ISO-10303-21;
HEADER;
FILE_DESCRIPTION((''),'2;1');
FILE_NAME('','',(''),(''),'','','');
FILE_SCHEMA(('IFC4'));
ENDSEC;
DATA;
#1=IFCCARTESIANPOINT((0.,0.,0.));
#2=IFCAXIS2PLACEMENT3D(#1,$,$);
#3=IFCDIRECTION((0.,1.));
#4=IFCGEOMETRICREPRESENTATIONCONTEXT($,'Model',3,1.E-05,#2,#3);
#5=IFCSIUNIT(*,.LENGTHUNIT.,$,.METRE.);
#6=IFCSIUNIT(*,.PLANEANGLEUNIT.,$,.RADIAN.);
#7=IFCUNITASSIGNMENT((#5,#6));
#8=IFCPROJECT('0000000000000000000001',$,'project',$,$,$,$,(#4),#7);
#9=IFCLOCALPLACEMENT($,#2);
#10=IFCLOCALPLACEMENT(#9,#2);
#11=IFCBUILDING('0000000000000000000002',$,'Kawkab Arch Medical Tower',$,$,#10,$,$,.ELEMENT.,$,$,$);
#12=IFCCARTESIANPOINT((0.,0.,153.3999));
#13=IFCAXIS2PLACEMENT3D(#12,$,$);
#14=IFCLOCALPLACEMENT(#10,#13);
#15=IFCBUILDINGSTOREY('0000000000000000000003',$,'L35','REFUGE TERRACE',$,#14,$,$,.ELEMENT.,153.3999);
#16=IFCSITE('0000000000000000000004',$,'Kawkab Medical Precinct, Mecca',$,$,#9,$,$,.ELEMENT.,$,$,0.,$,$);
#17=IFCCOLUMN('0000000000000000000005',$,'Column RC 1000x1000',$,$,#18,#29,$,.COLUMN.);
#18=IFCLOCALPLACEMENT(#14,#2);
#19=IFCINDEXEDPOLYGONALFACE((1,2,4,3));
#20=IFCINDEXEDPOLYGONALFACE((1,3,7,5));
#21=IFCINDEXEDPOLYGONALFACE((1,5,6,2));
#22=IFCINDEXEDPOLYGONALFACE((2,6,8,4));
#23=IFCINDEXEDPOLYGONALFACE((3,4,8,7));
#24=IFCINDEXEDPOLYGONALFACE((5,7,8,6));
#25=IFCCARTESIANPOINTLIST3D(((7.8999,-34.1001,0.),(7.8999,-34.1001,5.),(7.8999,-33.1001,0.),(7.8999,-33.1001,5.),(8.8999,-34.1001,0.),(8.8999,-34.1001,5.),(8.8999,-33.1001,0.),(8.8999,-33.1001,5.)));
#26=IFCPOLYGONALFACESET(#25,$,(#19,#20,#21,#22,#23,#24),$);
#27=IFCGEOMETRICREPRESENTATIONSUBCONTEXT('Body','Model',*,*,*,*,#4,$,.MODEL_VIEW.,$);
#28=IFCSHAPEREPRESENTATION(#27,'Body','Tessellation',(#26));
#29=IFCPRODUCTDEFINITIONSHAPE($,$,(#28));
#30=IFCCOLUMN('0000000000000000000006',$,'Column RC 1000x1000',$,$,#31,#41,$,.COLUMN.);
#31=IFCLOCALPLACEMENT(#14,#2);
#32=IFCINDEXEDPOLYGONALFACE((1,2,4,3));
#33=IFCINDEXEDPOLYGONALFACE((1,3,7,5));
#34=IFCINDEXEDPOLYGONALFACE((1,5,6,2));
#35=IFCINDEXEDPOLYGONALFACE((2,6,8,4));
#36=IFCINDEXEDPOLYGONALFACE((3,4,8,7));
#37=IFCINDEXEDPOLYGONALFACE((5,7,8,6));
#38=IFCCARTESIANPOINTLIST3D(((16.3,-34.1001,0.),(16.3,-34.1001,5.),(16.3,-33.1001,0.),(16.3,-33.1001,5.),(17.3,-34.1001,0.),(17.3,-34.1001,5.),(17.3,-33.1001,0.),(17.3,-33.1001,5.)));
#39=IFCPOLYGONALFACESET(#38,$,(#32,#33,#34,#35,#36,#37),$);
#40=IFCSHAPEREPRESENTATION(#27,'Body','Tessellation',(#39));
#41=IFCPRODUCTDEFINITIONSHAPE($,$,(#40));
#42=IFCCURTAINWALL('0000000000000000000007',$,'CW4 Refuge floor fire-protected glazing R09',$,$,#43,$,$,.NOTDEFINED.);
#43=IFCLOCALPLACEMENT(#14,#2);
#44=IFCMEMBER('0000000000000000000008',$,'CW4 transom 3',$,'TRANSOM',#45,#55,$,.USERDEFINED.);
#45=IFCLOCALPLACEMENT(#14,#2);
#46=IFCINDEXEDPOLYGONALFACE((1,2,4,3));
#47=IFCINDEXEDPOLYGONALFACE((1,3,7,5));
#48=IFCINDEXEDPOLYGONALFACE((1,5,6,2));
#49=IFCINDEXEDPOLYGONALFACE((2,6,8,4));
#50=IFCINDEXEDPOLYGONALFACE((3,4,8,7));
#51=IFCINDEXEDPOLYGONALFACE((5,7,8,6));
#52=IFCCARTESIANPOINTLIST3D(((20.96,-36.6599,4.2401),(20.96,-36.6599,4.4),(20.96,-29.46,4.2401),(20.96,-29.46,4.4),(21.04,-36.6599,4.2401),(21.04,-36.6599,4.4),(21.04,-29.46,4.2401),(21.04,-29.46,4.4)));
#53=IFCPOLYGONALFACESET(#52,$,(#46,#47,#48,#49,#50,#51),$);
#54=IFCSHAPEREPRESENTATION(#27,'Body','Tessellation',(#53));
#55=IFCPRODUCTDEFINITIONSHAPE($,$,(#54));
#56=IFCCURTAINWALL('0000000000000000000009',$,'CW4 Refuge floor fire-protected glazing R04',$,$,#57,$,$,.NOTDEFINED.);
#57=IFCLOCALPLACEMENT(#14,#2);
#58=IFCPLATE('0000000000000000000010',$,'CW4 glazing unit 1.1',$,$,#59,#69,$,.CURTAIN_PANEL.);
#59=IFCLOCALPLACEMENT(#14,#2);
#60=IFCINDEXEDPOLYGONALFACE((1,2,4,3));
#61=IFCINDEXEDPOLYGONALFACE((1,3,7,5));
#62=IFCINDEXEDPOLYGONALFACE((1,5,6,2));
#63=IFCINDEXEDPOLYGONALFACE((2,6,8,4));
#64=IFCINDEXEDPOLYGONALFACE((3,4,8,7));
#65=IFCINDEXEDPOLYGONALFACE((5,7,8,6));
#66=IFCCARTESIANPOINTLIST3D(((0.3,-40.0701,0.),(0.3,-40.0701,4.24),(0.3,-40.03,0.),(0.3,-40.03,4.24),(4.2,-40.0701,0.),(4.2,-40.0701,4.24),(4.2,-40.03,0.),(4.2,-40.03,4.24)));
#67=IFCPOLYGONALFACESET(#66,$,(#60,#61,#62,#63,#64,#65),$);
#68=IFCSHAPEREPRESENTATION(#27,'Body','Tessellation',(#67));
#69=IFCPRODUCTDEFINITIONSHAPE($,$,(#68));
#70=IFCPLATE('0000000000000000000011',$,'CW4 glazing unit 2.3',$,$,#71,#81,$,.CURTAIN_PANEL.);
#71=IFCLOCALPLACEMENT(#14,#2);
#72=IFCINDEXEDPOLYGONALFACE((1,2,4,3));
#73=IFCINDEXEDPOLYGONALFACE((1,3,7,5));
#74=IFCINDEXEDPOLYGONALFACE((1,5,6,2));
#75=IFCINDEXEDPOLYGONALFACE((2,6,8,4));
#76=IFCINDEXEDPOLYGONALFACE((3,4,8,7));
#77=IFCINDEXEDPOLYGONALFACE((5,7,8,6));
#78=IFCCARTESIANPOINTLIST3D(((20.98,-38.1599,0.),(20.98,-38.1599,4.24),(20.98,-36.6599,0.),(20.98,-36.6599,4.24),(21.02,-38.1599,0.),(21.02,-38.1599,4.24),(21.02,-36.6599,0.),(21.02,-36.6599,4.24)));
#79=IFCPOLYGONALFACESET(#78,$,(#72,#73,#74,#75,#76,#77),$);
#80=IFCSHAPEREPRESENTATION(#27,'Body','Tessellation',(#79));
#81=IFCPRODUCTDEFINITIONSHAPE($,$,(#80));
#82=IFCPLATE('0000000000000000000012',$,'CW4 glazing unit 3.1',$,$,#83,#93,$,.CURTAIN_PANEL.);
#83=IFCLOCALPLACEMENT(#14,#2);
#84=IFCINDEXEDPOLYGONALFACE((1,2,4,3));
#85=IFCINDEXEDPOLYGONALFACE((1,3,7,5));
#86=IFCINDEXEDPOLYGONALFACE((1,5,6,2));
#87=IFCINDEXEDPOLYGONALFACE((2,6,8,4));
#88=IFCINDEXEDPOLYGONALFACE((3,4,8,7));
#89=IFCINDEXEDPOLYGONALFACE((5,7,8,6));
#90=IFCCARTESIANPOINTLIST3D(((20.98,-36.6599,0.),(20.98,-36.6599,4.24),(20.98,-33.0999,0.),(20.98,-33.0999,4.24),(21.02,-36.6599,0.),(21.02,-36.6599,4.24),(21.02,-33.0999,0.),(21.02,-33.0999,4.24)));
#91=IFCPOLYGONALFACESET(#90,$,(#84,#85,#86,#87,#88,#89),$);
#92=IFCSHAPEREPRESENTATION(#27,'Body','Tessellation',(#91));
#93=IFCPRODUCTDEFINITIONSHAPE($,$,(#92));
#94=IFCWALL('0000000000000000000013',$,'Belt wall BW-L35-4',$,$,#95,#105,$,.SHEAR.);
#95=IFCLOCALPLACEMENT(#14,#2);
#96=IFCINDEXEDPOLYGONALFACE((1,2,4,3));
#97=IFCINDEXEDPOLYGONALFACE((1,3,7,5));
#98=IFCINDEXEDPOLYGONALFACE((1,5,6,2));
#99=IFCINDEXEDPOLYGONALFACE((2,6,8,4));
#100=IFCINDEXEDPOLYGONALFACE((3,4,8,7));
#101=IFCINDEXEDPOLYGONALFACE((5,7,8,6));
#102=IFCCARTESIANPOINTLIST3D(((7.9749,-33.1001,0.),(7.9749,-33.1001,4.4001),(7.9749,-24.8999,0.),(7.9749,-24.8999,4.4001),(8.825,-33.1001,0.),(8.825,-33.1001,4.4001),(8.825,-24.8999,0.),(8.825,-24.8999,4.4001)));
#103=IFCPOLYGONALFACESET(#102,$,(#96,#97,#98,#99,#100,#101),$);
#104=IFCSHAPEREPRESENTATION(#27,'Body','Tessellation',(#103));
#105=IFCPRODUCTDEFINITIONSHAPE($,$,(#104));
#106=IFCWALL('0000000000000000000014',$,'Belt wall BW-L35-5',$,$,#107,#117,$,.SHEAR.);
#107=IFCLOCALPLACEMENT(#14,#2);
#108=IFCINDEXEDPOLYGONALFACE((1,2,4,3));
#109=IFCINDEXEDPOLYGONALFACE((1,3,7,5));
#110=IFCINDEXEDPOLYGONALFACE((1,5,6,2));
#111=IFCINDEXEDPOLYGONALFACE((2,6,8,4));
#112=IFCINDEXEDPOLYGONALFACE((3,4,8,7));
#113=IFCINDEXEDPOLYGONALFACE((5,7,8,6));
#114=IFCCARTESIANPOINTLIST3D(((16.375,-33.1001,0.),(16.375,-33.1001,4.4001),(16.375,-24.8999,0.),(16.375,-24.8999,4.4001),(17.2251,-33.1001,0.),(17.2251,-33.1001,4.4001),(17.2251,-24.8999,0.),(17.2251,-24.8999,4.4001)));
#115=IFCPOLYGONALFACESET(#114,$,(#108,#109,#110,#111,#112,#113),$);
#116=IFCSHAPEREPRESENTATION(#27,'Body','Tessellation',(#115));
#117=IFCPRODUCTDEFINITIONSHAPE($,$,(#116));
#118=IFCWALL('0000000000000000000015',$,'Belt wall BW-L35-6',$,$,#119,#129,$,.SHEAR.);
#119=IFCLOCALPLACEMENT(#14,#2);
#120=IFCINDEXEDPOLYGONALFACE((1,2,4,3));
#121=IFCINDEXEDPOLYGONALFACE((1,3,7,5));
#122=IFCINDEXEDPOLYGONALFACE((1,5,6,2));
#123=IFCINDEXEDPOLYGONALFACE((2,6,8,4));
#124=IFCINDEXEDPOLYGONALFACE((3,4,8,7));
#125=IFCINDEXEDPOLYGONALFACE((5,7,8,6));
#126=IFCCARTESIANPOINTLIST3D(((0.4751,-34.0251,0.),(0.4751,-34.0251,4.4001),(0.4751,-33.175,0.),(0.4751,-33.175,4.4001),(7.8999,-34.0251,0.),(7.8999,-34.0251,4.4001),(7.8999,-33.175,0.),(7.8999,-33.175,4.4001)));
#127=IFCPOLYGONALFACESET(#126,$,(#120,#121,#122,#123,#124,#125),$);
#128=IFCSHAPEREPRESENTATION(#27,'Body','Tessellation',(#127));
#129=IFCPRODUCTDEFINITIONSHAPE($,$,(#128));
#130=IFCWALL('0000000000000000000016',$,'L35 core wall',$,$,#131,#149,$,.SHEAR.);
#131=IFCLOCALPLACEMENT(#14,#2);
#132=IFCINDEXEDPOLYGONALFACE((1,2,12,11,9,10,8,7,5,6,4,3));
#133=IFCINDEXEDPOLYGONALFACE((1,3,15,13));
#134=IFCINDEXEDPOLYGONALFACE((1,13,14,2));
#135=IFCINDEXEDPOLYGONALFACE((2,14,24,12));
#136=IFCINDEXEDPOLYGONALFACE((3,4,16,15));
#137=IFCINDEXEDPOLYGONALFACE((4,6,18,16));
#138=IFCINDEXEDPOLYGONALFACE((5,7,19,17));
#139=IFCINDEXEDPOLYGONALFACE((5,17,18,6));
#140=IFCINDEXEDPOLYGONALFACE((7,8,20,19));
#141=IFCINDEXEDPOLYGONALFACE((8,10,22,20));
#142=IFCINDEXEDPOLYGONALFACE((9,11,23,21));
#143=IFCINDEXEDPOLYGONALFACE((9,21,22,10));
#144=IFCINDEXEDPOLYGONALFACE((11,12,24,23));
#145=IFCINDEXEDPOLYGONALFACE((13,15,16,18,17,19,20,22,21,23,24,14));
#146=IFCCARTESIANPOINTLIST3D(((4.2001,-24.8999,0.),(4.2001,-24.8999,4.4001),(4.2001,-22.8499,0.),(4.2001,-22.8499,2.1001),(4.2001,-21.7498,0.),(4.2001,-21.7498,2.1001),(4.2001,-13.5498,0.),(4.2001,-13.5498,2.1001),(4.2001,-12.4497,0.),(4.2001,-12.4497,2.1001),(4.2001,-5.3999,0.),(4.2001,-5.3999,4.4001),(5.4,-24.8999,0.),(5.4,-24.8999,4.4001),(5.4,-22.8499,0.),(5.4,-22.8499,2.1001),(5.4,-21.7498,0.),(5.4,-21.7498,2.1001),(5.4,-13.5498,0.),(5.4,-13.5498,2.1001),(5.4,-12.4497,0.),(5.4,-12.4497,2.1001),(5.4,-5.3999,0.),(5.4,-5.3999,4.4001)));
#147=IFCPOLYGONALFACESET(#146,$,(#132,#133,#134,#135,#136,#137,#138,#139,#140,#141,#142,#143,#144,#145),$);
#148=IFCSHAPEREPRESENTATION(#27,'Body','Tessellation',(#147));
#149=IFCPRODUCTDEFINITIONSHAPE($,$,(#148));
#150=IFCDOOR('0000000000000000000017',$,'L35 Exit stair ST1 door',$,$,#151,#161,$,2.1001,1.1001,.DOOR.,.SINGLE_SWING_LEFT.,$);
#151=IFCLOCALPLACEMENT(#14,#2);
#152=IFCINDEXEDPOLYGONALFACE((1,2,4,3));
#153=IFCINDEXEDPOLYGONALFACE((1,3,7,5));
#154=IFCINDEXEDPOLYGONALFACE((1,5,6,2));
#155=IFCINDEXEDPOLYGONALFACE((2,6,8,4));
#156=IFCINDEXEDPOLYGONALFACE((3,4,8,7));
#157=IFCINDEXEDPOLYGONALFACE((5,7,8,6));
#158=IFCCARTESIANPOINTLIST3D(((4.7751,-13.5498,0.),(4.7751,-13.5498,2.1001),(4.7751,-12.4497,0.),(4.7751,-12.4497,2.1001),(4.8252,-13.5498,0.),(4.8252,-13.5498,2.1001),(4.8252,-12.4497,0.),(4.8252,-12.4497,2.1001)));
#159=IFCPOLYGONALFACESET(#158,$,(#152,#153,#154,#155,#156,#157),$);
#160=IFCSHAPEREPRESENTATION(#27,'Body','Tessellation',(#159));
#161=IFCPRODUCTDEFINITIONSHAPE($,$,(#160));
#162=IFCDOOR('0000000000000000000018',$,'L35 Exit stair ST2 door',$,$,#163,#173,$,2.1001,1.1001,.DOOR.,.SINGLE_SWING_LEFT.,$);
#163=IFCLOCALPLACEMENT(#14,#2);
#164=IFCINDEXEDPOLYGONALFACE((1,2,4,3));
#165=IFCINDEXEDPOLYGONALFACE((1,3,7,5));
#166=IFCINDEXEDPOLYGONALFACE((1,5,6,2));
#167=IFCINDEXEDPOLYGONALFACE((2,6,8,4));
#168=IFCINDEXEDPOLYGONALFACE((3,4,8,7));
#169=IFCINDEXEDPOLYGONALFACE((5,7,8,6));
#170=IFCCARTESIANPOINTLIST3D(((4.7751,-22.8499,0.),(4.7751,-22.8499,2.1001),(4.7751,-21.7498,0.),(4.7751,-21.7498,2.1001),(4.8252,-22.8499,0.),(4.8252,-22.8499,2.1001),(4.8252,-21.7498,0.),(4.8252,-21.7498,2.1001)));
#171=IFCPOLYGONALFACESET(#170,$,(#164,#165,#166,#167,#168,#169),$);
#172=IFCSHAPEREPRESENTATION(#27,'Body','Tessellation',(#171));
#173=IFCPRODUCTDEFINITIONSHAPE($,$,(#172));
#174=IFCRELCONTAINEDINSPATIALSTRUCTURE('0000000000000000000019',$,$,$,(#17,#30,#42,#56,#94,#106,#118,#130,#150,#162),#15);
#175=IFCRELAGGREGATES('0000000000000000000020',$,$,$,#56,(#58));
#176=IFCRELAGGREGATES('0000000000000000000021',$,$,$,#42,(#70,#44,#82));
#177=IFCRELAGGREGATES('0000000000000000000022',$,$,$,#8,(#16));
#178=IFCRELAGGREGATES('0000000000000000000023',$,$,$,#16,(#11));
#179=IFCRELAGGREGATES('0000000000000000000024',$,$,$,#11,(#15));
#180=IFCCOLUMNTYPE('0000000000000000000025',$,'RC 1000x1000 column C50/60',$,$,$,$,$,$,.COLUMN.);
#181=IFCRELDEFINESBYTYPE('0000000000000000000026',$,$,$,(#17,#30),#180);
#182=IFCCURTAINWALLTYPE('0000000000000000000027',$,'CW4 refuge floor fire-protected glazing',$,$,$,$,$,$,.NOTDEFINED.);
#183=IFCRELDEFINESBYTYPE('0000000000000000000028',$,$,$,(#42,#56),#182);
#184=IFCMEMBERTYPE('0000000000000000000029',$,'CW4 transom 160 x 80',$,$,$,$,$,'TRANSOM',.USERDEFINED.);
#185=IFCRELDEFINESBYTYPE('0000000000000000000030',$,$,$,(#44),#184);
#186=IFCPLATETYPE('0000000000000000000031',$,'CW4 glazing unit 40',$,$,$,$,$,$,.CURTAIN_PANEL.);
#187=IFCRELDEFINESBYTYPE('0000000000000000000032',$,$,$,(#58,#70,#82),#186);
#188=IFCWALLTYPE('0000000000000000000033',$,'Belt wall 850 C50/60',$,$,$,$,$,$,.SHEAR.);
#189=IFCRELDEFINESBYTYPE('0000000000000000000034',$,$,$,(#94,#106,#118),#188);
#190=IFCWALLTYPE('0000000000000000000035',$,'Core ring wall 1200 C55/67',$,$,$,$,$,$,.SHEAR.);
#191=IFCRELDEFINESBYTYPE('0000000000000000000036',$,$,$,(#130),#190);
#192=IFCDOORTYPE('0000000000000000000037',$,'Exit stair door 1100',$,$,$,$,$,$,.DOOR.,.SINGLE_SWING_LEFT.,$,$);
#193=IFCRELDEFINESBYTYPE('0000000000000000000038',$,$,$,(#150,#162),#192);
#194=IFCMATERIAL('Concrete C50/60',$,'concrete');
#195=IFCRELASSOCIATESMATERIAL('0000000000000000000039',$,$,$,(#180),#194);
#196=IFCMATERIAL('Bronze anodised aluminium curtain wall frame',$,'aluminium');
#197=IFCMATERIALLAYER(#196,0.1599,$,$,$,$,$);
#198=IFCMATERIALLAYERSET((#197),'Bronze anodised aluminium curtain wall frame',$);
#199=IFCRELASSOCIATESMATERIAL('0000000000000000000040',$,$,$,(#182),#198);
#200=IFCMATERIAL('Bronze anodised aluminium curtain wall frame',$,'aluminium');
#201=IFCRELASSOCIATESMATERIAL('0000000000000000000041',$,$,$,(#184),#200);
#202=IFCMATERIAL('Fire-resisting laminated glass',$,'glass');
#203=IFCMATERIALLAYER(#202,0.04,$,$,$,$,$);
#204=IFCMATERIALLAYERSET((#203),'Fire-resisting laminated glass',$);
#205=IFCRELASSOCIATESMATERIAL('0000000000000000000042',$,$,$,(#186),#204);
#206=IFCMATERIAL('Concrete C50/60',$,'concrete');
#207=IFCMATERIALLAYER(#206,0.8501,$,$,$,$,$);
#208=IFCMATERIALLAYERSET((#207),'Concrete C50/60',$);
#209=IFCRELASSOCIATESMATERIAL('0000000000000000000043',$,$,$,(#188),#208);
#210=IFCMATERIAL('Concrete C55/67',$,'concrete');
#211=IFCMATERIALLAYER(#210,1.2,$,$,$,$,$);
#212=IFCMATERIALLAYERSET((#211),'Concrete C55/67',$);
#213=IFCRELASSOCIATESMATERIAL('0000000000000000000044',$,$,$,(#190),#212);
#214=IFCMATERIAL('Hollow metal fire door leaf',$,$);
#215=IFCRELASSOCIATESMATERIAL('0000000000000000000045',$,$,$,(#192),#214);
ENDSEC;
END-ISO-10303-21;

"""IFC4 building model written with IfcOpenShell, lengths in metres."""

from ifc_helpers import new_model, si_unit, direction, frame, frame_2d, origin, origin_2d, place, context, subcontext, project, spatial, rectangle, extrude, material, layer, layer_set, material_profile, profile_set, type_object, element, fill, aggregate, save


model = new_model("IFC4")

# Units and contexts
model_context = context("Model", 3, precision=1e-05, world=origin(), true_north=direction((0.0, 1.0)))
body_context = subcontext(model_context, "Body", "Model", "MODEL_VIEW")
ifc_project = project(units=[si_unit("LENGTHUNIT", "METRE"), si_unit("PLANEANGLEUNIT", "RADIAN")], contexts=[model_context])

# Site, building, storey
site_placement = place(None, origin())
site = spatial("IfcSite", under=ifc_project, at=site_placement, Name="Kawkab Medical Precinct, Mecca", CompositionType="ELEMENT", RefElevation=0.0)
building_placement = place(site_placement, origin())
building = spatial("IfcBuilding", under=site, at=building_placement, Name="Kawkab Arch Medical Tower", CompositionType="ELEMENT")
storey_placement = place(building_placement, frame((0.0, 0.0, 153.3999)))
storey = spatial("IfcBuildingStorey", under=building, at=storey_placement, Name="L35", Description="REFUGE TERRACE", CompositionType="ELEMENT", Elevation=153.3999)

# Columns
ifc_material_1 = material(Name="Concrete C50/60", Category="concrete")
ifc_material_profile_1 = material_profile(ifc_material_1, rectangle(XDim=1.0, YDim=1.0, at=origin_2d()), Name="RC 1000x1000")
ifc_profile_set_1 = profile_set([ifc_material_profile_1], Name="Concrete C50/60")
column_type = type_object("IfcColumnType", Name="RC 1000x1000 column C50/60", PredefinedType="COLUMN", material=ifc_profile_set_1)
for number, where, z_axis, x_axis, name in (
    (1, (8.3999, -33.6001, 0.0), (0.0, 0.0, 1.0), (1.0, 0.0, 0.0), "Column RC 1000x1000"),
    (2, (16.8, -33.6001, 0.0), (0.0, 0.0, 1.0), (1.0, 0.0, 0.0), "Column RC 1000x1000"),
):
    element("IfcColumn", number, at=place(storey_placement, frame(where, z_axis=z_axis, x_axis=x_axis)), inside=storey, type_object=column_type, Name=name, PredefinedType="COLUMN", context=body_context, shape_type="SweptSolid", body=[
        extrude(rectangle(XDim=1.0, YDim=1.0, at=origin_2d()), origin(), (0.0, 0.0, 1.0), 5.0),
    ])

# Curtain wall, member
ifc_material_2 = material(Name="Bronze anodised aluminium curtain wall frame", Category="aluminium")
ifc_layer_1 = layer(ifc_material_2, 0.1599)
ifc_layer_set_1 = layer_set([ifc_layer_1], Name="Bronze anodised aluminium curtain wall frame")
curtain_wall_type = type_object("IfcCurtainWallType", Name="CW4 refuge floor fire-protected glazing", PredefinedType="NOTDEFINED", material=ifc_layer_set_1)
placement = place(storey_placement, origin())
curtain_wall_1 = element("IfcCurtainWall", 3, at=placement, inside=storey, type_object=curtain_wall_type, Name="CW4 Refuge floor fire-protected glazing R09", PredefinedType="NOTDEFINED")
ifc_material_3 = material(Name="Bronze anodised aluminium curtain wall frame", Category="aluminium")
ifc_material_profile_2 = material_profile(ifc_material_3, rectangle(XDim=0.0801, YDim=0.1599, at=origin_2d()), Name="AL 80x160")
ifc_profile_set_2 = profile_set([ifc_material_profile_2], Name="Bronze anodised aluminium curtain wall frame")
member_type = type_object("IfcMemberType", Name="CW4 transom 160 x 80", ElementType="TRANSOM", PredefinedType="USERDEFINED", material=ifc_profile_set_2)
member_placement = place(storey_placement, frame((21.0, -36.6599, 4.3201), z_axis=(0.0, 1.0, 0.0), x_axis=(-1.0, 0.0, 0.0)))
member = element("IfcMember", 4, at=member_placement, type_object=member_type, Name="CW4 transom 3", ObjectType="TRANSOM", PredefinedType="USERDEFINED", context=body_context, shape_type="SweptSolid", body=[
    extrude(rectangle(XDim=0.0801, YDim=0.1599, at=origin_2d()), origin(), (0.0, 0.0, 1.0), 7.2),
])

# Curtain wall, plate
curtain_wall_2 = element("IfcCurtainWall", 5, at=placement, inside=storey, type_object=curtain_wall_type, Name="CW4 Refuge floor fire-protected glazing R04", PredefinedType="NOTDEFINED")
ifc_material_4 = material(Name="Fire-resisting laminated glass", Category="glass")
ifc_layer_2 = layer(ifc_material_4, 0.04)
ifc_layer_set_2 = layer_set([ifc_layer_2], Name="Fire-resisting laminated glass")
plate_type = type_object("IfcPlateType", Name="CW4 glazing unit 40", PredefinedType="CURTAIN_PANEL", material=ifc_layer_set_2)
plate_1_placement = place(storey_placement, frame((2.25, -40.05, 0.0), z_axis=(0.0, 0.0, 1.0), x_axis=(1.0, 0.0, 0.0)))
plate_1 = element("IfcPlate", 6, at=plate_1_placement, type_object=plate_type, Name="CW4 glazing unit 1.1", PredefinedType="CURTAIN_PANEL", context=body_context, shape_type="SweptSolid", body=[
    extrude(rectangle(XDim=3.8999, YDim=0.04, at=origin_2d()), origin(), (0.0, 0.0, 1.0), 4.24),
])
aggregate(curtain_wall_2, [plate_1])

# Plates
plate_2_placement = place(storey_placement, frame((21.0, -37.4099, 0.0), z_axis=(0.0, 0.0, 1.0), x_axis=(0.0, 1.0, 0.0)))
plate_2 = element("IfcPlate", 7, at=plate_2_placement, type_object=plate_type, Name="CW4 glazing unit 2.3", PredefinedType="CURTAIN_PANEL", context=body_context, shape_type="SweptSolid", body=[
    extrude(rectangle(XDim=1.5, YDim=0.04, at=origin_2d()), origin(), (0.0, 0.0, 1.0), 4.24),
])
plate_3_placement = place(storey_placement, frame((21.0, -34.8799, 0.0), z_axis=(0.0, 0.0, 1.0), x_axis=(0.0, 1.0, 0.0)))
plate_3 = element("IfcPlate", 8, at=plate_3_placement, type_object=plate_type, Name="CW4 glazing unit 3.1", PredefinedType="CURTAIN_PANEL", context=body_context, shape_type="SweptSolid", body=[
    extrude(rectangle(XDim=3.5601, YDim=0.04, at=origin_2d()), origin(), (0.0, 0.0, 1.0), 4.24),
])
aggregate(curtain_wall_1, [plate_2, member, plate_3])

# Walls
ifc_material_5 = material(Name="Concrete C50/60", Category="concrete")
ifc_layer_3 = layer(ifc_material_5, 0.8501)
ifc_layer_set_3 = layer_set([ifc_layer_3], Name="Concrete C50/60")
wall_type_1 = type_object("IfcWallType", Name="Belt wall 850 C50/60", PredefinedType="SHEAR", material=ifc_layer_set_3)
for number, where, z_axis, x_axis, name in (
    (9, (8.3999, -24.8999, 0.0), (0.0, 0.0, 1.0), (0.0, -1.0, 0.0), "Belt wall BW-L35-4"),
    (10, (16.8, -24.8999, 0.0), (0.0, 0.0, 1.0), (0.0, -1.0, 0.0), "Belt wall BW-L35-5"),
):
    element("IfcWall", number, at=place(storey_placement, frame(where, z_axis=z_axis, x_axis=x_axis)), inside=storey, type_object=wall_type_1, Name=name, PredefinedType="SHEAR", context=body_context, shape_type="SweptSolid", body=[
        extrude(rectangle(XDim=8.2002, YDim=0.8501, at=frame_2d((4.1001, 0.0))), origin(), (0.0, 0.0, 1.0), 4.4001),
    ])
wall_1_placement = place(storey_placement, frame((0.4751, -33.6001, 0.0), z_axis=(0.0, 0.0, 1.0), x_axis=(1.0, 0.0, 0.0)))
element("IfcWall", 11, at=wall_1_placement, inside=storey, type_object=wall_type_1, Name="Belt wall BW-L35-6", PredefinedType="SHEAR", context=body_context, shape_type="SweptSolid", body=[
    extrude(rectangle(XDim=7.4248, YDim=0.8501, at=frame_2d((3.7124, 0.0))), origin(), (0.0, 0.0, 1.0), 4.4001),
])

# Wall, openings, doors
ifc_material_6 = material(Name="Concrete C55/67", Category="concrete")
ifc_layer_4 = layer(ifc_material_6, 1.2)
ifc_layer_set_4 = layer_set([ifc_layer_4], Name="Concrete C55/67")
wall_type_2 = type_object("IfcWallType", Name="Core ring wall 1200 C55/67", PredefinedType="SHEAR", material=ifc_layer_set_4)
wall_2_placement = place(storey_placement, frame((4.8, -24.8999, 0.0), z_axis=(0.0, 0.0, 1.0), x_axis=(0.0, 1.0, 0.0)))
wall_2 = element("IfcWall", 12, at=wall_2_placement, inside=storey, type_object=wall_type_2, Name="L35 core wall", PredefinedType="SHEAR", context=body_context, shape_type="SweptSolid", body=[
    extrude(rectangle(XDim=19.5, YDim=1.2, at=frame_2d((9.75, 0.0))), origin(), (0.0, 0.0, 1.0), 4.4001),
])
opening_1_placement = place(wall_2_placement, frame((11.3501, 0.0, 0.0)))
opening_1 = element("IfcOpeningElement", 13, at=opening_1_placement, cuts=wall_2, PredefinedType="OPENING", context=body_context, shape_type="SweptSolid", body=[
    extrude(rectangle(XDim=1.1001, YDim=2.1001, at=frame_2d((0.55, 1.05))), frame((0.0, 0.6099, 0.0), z_axis=(0.0, -1.0, 0.0), x_axis=(1.0, 0.0, 0.0)), (0.0, 0.0, 1.0), 1.22),
])
opening_2_placement = place(wall_2_placement, frame((2.05, 0.0, 0.0)))
opening_2 = element("IfcOpeningElement", 14, at=opening_2_placement, cuts=wall_2, PredefinedType="OPENING", context=body_context, shape_type="SweptSolid", body=[
    extrude(rectangle(XDim=1.1001, YDim=2.1001, at=frame_2d((0.55, 1.05))), frame((0.0, 0.6099, 0.0), z_axis=(0.0, -1.0, 0.0), x_axis=(1.0, 0.0, 0.0)), (0.0, 0.0, 1.0), 1.22),
])
ifc_material_7 = material(Name="Hollow metal fire door leaf")
door_type_1 = type_object("IfcDoorType", Name="Exit stair door 1100", OperationType="SINGLE_SWING_LEFT", PredefinedType="DOOR", material=ifc_material_7)
door_1_placement = place(opening_1_placement, origin())
door_1 = element("IfcDoor", 15, at=door_1_placement, inside=storey, type_object=door_type_1, Name="L35 Exit stair ST1 door", OperationType="SINGLE_SWING_LEFT", OverallHeight=2.1001, OverallWidth=1.1001, PredefinedType="DOOR", context=body_context, shape_type="SweptSolid", body=[
    extrude(rectangle(XDim=1.1001, YDim=2.1001, at=frame_2d((0.55, 1.05))), frame((0.0, 0.0249, 0.0), z_axis=(0.0, -1.0, 0.0), x_axis=(1.0, 0.0, 0.0)), (0.0, 0.0, 1.0), 0.05),
])
fill(opening_1, door_1)
door_2_placement = place(opening_2_placement, origin())
door_2 = element("IfcDoor", 16, at=door_2_placement, inside=storey, type_object=door_type_1, Name="L35 Exit stair ST2 door", OperationType="SINGLE_SWING_LEFT", OverallHeight=2.1001, OverallWidth=1.1001, PredefinedType="DOOR", context=body_context, shape_type="SweptSolid", body=[
    extrude(rectangle(XDim=1.1001, YDim=2.1001, at=frame_2d((0.55, 1.05))), frame((0.0, 0.0249, 0.0), z_axis=(0.0, -1.0, 0.0), x_axis=(1.0, 0.0, 0.0)), (0.0, 0.0, 1.0), 0.05),
])
fill(opening_2, door_2)

save(model, "model.ifc")
